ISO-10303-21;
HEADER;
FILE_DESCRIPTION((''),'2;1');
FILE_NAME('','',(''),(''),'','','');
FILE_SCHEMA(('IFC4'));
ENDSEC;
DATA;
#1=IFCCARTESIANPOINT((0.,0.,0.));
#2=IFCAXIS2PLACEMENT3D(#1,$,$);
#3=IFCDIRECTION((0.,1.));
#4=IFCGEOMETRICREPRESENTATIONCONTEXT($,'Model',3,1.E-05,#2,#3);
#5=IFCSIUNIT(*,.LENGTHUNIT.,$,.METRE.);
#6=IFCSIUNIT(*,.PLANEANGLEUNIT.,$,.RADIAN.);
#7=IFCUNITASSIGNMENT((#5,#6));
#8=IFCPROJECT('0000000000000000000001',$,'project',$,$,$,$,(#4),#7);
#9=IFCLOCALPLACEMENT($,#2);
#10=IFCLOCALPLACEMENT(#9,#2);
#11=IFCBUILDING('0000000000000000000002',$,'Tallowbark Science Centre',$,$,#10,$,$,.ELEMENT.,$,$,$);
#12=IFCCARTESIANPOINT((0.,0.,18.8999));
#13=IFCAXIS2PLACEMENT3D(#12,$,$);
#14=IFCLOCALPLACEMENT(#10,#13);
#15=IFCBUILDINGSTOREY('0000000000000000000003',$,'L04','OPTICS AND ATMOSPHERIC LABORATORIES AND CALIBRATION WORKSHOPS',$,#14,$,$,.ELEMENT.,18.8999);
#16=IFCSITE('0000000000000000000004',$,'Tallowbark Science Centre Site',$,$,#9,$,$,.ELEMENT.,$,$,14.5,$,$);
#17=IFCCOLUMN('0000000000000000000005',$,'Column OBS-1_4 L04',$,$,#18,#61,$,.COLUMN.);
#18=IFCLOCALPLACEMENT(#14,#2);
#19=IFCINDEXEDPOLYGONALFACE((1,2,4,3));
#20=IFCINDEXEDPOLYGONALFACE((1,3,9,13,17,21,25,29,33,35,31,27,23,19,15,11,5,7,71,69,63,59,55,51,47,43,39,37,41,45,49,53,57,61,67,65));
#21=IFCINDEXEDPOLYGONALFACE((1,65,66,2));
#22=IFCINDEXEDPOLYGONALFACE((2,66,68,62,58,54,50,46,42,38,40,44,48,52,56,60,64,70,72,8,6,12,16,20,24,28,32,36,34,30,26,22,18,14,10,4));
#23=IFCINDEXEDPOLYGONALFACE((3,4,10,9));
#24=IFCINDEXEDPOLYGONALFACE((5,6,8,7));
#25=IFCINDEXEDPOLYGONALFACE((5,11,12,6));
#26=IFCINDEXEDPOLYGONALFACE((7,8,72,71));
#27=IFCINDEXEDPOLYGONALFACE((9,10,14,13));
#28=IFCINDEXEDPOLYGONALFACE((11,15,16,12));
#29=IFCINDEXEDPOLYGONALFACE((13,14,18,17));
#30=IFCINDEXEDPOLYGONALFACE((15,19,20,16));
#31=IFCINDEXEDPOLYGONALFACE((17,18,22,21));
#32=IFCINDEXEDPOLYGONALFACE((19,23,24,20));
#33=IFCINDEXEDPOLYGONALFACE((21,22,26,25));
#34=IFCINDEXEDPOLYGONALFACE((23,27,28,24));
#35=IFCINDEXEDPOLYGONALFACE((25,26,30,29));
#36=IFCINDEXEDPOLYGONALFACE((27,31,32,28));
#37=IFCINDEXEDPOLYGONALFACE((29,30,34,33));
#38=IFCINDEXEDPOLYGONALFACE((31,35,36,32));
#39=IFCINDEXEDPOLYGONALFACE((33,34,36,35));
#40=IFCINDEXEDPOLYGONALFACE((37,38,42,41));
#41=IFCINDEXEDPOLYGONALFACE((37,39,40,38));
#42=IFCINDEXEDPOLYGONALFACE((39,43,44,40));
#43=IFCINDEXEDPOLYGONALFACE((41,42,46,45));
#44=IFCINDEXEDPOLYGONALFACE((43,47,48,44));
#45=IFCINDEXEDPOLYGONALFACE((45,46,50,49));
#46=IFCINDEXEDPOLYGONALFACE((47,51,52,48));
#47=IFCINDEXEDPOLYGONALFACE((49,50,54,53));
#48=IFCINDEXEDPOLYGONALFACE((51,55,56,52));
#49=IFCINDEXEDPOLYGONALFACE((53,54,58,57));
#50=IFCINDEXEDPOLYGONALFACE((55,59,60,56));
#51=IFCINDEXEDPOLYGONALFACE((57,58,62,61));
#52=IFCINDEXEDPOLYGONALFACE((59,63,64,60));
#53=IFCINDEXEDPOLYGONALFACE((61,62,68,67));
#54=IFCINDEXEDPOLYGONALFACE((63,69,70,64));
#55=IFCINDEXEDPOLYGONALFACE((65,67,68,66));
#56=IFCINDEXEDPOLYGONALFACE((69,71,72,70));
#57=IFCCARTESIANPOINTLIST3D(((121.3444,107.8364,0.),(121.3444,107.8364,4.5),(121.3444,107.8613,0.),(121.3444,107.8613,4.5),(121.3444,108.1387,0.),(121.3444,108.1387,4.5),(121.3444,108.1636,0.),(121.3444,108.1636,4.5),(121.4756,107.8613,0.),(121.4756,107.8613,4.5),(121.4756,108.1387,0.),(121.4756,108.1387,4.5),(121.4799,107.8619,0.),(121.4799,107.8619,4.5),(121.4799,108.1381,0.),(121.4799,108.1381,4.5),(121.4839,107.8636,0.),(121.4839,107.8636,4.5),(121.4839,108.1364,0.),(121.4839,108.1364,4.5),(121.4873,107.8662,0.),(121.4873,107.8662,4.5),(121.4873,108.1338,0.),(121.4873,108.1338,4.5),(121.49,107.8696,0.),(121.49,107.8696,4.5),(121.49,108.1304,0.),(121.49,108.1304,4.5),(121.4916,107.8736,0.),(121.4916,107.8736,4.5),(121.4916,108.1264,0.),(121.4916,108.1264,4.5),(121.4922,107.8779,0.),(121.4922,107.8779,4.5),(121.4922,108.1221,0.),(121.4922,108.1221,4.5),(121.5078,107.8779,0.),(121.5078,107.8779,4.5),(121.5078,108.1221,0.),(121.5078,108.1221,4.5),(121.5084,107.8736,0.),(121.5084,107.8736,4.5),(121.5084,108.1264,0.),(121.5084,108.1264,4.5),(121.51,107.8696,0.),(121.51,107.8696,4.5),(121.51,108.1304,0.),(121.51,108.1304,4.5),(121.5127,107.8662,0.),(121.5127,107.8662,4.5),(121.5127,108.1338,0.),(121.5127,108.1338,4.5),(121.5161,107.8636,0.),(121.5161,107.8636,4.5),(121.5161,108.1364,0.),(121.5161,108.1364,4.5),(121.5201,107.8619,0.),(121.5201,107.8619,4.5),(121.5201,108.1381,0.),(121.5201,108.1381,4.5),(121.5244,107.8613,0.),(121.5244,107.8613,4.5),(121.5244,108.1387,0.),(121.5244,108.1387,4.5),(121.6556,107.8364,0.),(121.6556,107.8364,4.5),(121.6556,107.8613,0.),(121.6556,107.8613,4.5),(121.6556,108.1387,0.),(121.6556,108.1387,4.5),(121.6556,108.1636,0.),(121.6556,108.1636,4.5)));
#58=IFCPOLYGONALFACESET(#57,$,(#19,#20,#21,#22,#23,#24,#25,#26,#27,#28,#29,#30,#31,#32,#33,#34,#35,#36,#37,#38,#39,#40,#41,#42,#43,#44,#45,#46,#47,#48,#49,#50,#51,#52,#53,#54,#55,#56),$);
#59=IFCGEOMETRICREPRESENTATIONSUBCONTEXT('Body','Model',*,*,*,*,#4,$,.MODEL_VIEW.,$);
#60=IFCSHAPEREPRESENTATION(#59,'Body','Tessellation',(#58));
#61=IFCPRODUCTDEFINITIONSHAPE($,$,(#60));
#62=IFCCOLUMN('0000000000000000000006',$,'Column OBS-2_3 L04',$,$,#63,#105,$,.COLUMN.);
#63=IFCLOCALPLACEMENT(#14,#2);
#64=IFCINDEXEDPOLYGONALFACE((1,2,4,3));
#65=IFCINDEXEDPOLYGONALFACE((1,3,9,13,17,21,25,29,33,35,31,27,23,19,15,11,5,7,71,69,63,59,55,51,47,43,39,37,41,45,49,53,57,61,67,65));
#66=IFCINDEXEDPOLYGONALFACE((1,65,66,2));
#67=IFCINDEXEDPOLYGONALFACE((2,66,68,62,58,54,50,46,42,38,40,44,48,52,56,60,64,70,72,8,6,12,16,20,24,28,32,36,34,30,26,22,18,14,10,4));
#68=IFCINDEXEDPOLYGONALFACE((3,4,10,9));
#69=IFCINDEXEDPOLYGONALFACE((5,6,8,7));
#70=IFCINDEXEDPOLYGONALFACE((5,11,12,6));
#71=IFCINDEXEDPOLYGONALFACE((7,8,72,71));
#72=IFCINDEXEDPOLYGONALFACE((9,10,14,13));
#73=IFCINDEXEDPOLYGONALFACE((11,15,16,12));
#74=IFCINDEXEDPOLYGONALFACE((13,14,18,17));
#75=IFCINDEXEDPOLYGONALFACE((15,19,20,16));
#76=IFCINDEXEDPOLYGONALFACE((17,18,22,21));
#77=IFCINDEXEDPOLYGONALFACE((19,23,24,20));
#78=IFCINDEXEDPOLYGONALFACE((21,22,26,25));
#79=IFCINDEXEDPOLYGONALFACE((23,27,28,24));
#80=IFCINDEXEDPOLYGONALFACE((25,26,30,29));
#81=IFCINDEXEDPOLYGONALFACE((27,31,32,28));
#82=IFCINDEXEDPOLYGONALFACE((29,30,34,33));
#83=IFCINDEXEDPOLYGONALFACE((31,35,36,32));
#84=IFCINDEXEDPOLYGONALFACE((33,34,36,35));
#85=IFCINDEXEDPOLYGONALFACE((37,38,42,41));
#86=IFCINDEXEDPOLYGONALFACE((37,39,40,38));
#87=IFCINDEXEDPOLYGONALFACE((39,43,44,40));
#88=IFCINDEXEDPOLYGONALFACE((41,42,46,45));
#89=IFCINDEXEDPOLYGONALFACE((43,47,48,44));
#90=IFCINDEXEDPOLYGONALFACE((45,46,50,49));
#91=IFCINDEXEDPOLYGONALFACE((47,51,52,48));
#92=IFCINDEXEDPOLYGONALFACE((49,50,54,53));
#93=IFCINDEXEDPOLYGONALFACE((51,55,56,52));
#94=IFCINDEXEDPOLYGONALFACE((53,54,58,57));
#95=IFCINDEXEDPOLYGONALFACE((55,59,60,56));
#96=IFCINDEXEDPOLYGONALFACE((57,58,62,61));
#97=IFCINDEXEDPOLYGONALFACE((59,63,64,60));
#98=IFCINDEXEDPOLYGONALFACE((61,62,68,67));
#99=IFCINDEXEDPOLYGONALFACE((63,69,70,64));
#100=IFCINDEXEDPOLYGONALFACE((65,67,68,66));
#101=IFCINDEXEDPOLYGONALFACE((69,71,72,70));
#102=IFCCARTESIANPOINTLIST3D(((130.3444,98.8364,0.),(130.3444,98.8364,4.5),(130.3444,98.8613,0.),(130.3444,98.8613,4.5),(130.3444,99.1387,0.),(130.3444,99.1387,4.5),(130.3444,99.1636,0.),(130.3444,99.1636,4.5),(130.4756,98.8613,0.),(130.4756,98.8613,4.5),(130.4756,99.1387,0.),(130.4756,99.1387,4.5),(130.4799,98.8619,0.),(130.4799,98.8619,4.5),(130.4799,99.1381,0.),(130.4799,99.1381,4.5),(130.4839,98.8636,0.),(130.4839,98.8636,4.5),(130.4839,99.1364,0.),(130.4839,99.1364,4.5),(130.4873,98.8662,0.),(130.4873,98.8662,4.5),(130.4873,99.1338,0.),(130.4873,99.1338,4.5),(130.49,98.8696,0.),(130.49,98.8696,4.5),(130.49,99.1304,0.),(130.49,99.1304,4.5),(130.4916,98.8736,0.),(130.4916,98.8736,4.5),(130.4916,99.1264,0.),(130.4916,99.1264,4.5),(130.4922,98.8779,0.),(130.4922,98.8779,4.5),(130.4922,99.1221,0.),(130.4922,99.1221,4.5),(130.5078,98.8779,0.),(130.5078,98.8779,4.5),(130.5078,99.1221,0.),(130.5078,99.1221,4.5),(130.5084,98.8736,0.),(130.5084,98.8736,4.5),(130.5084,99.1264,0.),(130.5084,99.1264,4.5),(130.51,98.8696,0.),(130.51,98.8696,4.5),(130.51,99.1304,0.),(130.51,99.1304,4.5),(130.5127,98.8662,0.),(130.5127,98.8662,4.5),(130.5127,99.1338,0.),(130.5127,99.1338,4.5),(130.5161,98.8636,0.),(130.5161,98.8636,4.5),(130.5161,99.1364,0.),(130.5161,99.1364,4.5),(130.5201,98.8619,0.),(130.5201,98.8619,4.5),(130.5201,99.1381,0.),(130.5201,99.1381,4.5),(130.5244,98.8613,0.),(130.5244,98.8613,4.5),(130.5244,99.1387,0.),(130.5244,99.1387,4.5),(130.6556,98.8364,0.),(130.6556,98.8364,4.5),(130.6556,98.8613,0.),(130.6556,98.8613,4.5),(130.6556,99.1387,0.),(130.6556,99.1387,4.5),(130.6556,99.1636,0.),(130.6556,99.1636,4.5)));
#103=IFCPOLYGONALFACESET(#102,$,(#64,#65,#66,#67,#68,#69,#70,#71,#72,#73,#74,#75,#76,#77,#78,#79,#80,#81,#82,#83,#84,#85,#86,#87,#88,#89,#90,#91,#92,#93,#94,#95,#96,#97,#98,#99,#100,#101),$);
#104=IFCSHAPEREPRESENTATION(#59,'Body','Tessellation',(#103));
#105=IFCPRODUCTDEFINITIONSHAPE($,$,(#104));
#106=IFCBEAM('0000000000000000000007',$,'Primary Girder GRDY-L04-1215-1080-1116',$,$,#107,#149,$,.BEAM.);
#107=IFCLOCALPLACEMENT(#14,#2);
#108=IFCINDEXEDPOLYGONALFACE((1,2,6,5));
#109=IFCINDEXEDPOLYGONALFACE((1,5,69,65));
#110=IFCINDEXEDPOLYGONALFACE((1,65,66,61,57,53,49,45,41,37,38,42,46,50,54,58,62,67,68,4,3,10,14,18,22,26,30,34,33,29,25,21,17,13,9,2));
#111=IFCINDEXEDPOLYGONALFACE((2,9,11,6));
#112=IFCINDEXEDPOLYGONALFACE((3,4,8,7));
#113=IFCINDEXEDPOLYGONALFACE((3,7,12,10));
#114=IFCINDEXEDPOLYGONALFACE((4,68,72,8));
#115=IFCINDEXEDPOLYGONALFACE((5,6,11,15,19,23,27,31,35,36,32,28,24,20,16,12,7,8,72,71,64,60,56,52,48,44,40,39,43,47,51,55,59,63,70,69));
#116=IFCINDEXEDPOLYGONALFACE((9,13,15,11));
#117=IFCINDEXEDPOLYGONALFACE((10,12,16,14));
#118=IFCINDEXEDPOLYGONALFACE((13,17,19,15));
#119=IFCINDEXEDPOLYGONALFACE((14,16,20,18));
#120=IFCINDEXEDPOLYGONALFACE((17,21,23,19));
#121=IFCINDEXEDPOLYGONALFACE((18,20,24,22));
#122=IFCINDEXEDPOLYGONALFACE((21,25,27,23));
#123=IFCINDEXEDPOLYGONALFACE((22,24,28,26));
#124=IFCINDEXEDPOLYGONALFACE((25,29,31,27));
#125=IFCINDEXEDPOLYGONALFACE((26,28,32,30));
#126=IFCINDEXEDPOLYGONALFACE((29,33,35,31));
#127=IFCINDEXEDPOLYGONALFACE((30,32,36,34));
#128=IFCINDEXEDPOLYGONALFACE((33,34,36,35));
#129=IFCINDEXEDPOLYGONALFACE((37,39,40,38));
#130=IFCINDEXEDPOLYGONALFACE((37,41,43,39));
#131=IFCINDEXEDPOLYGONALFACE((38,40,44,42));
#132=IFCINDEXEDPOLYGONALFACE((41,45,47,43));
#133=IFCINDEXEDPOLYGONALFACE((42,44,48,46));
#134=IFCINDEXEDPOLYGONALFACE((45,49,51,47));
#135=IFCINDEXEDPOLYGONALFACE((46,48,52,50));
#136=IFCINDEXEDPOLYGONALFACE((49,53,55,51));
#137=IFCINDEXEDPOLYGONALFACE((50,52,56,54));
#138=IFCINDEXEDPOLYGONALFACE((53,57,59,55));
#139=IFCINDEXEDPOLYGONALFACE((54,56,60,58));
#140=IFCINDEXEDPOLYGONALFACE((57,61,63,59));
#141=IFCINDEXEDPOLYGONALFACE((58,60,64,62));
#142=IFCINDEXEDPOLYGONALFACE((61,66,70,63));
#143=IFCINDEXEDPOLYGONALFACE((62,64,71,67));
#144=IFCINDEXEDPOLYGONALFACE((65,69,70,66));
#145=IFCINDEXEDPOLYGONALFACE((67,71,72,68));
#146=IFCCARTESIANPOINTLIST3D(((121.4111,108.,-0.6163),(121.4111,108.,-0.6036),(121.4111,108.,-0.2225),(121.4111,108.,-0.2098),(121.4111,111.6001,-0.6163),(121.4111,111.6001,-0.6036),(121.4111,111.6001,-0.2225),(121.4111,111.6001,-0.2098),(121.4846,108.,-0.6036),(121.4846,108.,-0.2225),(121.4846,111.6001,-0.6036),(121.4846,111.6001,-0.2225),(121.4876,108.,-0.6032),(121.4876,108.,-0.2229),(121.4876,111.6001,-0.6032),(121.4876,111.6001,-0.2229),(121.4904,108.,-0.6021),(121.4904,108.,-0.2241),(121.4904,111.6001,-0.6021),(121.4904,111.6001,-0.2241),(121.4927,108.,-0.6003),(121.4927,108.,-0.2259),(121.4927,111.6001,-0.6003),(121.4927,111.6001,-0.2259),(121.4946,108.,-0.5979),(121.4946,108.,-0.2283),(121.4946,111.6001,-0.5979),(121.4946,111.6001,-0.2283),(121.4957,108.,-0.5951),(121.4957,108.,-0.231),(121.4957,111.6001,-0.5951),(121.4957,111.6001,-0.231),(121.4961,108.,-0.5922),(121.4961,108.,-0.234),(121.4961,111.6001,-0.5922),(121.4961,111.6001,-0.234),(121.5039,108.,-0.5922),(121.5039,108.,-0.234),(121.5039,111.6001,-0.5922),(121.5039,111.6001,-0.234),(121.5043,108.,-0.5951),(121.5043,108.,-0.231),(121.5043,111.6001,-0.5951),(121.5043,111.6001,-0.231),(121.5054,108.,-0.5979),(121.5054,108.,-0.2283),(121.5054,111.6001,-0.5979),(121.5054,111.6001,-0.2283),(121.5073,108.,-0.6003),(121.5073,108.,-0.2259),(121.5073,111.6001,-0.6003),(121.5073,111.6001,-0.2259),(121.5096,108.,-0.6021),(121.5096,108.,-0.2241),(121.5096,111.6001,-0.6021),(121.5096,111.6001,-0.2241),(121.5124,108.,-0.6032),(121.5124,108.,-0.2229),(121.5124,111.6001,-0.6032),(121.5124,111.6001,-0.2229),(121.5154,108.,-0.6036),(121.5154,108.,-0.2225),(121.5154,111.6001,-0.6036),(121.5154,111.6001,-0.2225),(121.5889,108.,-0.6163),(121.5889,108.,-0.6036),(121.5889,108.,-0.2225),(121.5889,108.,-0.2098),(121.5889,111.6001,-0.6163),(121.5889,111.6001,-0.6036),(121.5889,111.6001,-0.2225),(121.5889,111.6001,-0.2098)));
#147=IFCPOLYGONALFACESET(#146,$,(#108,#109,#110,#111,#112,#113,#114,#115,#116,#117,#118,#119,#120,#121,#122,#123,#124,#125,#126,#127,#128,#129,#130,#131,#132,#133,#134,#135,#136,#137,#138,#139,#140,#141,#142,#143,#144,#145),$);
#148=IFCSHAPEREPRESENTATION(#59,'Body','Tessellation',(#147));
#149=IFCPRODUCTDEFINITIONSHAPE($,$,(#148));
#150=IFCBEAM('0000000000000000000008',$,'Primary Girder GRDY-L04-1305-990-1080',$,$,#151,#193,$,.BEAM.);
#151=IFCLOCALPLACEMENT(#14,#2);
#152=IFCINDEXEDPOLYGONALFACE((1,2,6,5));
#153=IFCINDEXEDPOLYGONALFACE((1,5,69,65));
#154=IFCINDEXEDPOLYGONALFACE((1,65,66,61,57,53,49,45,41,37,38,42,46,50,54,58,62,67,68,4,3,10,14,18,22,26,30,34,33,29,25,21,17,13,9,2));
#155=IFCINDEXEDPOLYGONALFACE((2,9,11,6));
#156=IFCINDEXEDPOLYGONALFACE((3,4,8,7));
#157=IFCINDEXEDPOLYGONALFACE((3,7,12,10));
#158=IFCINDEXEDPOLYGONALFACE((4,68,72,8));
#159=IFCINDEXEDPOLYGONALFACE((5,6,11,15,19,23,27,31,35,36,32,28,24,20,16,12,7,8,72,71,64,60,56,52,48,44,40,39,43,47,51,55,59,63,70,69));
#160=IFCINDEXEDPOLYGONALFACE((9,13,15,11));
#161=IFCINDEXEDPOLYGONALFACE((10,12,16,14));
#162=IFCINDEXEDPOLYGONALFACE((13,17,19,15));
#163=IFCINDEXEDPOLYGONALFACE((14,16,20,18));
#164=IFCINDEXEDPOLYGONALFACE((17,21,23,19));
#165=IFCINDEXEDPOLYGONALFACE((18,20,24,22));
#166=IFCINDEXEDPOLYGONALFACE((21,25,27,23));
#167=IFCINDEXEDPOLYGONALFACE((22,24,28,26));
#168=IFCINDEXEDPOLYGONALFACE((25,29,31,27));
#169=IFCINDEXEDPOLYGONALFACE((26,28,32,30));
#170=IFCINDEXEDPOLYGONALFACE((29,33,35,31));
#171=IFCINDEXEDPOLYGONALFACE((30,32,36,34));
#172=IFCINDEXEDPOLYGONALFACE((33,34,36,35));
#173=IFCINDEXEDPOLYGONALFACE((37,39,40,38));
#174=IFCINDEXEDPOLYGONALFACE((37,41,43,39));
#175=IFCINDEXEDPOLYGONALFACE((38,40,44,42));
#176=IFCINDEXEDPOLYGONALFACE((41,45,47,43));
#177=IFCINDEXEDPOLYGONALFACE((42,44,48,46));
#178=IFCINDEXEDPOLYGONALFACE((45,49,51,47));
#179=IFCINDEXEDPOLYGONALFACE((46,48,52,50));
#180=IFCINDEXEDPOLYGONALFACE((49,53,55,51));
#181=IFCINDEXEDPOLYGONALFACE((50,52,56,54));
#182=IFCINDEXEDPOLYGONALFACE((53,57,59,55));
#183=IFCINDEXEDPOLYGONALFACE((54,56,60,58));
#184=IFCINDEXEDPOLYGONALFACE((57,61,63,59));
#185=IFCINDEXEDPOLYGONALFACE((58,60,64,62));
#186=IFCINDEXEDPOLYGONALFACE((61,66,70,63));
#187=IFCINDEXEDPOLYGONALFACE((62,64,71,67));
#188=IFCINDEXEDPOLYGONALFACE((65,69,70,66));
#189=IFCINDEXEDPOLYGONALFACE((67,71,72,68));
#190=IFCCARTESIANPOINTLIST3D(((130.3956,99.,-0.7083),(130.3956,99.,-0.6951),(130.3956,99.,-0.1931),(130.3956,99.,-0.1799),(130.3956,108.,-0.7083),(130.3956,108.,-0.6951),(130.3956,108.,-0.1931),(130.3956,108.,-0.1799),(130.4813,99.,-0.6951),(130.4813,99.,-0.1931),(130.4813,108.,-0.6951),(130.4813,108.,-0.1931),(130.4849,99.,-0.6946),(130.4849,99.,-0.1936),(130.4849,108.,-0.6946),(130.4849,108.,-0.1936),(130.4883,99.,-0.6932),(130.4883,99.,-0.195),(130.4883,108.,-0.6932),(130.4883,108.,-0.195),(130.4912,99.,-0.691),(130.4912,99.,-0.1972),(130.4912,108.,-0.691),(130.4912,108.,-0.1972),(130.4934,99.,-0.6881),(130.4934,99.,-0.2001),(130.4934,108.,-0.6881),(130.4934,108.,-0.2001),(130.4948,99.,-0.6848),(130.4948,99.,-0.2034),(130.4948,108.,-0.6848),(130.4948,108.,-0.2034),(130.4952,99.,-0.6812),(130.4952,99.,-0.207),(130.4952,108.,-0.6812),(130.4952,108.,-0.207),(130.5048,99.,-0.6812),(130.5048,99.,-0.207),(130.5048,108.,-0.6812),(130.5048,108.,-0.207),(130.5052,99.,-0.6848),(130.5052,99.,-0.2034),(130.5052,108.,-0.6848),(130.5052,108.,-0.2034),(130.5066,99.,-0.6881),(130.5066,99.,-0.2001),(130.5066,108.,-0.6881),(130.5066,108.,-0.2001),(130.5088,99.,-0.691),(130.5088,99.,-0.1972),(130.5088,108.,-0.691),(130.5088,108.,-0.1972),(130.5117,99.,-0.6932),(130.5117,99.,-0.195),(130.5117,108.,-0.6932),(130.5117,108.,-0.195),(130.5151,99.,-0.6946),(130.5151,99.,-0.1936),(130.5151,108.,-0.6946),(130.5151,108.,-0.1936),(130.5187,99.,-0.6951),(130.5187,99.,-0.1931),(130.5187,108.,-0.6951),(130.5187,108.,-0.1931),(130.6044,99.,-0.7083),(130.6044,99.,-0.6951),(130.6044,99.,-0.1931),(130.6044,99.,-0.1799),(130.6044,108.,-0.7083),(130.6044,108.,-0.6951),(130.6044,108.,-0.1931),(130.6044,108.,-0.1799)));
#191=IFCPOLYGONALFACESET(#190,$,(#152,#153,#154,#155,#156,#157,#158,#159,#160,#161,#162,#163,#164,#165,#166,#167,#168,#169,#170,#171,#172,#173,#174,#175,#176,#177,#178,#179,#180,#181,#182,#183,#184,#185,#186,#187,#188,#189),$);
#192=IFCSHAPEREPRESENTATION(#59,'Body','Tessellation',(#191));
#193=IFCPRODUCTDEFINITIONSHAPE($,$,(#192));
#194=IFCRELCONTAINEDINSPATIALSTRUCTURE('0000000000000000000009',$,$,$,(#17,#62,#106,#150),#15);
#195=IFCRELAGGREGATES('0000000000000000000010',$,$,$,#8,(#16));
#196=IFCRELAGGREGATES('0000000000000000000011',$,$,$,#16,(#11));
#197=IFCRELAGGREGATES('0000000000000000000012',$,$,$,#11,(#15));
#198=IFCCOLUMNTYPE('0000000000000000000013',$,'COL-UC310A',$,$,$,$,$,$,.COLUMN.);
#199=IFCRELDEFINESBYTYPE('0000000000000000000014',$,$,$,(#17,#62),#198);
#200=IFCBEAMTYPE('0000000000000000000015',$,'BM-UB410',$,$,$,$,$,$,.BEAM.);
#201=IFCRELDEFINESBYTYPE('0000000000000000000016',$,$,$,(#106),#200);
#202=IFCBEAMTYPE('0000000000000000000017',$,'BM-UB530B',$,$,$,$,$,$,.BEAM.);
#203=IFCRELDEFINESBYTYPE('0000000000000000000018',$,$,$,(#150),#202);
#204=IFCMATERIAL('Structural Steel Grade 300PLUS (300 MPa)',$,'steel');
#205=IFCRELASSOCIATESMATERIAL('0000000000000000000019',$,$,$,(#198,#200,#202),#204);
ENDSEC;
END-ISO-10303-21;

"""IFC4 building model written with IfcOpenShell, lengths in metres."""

from ifc_helpers import new_model, si_unit, direction, frame, origin, origin_2d, place, context, subcontext, project, spatial, i_section, extrude, material, material_profile, profile_set, type_object, element, save


model = new_model("IFC4")

# Units and contexts
model_context = context("Model", 3, precision=1e-05, world=origin(), true_north=direction((0.0, 1.0)))
body_context = subcontext(model_context, "Body", "Model", "MODEL_VIEW")
ifc_project = project(units=[si_unit("LENGTHUNIT", "METRE"), si_unit("PLANEANGLEUNIT", "RADIAN")], contexts=[model_context])

# Site, building, storey
site_placement = place(None, origin())
site = spatial("IfcSite", under=ifc_project, at=site_placement, Name="Tallowbark Science Centre Site", CompositionType="ELEMENT", RefElevation=14.5)
building_placement = place(site_placement, origin())
building = spatial("IfcBuilding", under=site, at=building_placement, Name="Tallowbark Science Centre", CompositionType="ELEMENT")
storey_placement = place(building_placement, frame((0.0, 0.0, 18.8999)))
storey = spatial("IfcBuildingStorey", under=building, at=storey_placement, Name="L04", Description="OPTICS AND ATMOSPHERIC LABORATORIES AND CALIBRATION WORKSHOPS", CompositionType="ELEMENT", Elevation=18.8999)

# Columns
ifc_material_1 = material(Name="Structural Steel Grade 300PLUS (300 MPa)", Category="steel")
ifc_material_profile_1 = material_profile(ifc_material_1, i_section(OverallWidth=0.3113, OverallDepth=0.3271, WebThickness=0.0156, FlangeThickness=0.0249, FilletRadius=0.0166, at=origin_2d()), Name="310UC158")
ifc_profile_set_1 = profile_set([ifc_material_profile_1], Name="Structural Steel Grade 300PLUS (300 MPa)")
column_type = type_object("IfcColumnType", Name="COL-UC310A", PredefinedType="COLUMN", material=ifc_profile_set_1)
for number, where, z_axis, x_axis, name in (
    (1, (121.5, 108.0, 0.0), (0.0, 0.0, 1.0), (1.0, 0.0, 0.0), "Column OBS-1_4 L04"),
    (2, (130.5, 99.0, 0.0), (0.0, 0.0, 1.0), (1.0, 0.0, 0.0), "Column OBS-2_3 L04"),
):
    element("IfcColumn", number, at=place(storey_placement, frame(where, z_axis=z_axis, x_axis=x_axis)), inside=storey, type_object=column_type, Name=name, PredefinedType="COLUMN", context=body_context, shape_type="SweptSolid", body=[
        extrude(i_section(OverallWidth=0.3113, OverallDepth=0.3271, WebThickness=0.0156, FlangeThickness=0.0249, FilletRadius=0.0166, at=origin_2d()), origin(), (0.0, 0.0, 1.0), 4.5),
    ])

# Beams
ifc_material_profile_2 = material_profile(ifc_material_1, i_section(OverallWidth=0.1777, OverallDepth=0.4065, WebThickness=0.0078, FlangeThickness=0.0127, FilletRadius=0.0115, at=origin_2d()), Name="410UB59.7")
ifc_profile_set_2 = profile_set([ifc_material_profile_2], Name="Structural Steel Grade 300PLUS (300 MPa)")
beam_type_1 = type_object("IfcBeamType", Name="BM-UB410", PredefinedType="BEAM", material=ifc_profile_set_2)
beam_1_placement = place(storey_placement, frame((121.5, 108.0, -0.4131), z_axis=(0.0, 1.0, 0.0), x_axis=(-1.0, 0.0, 0.0)))
element("IfcBeam", 3, at=beam_1_placement, inside=storey, type_object=beam_type_1, Name="Primary Girder GRDY-L04-1215-1080-1116", PredefinedType="BEAM", context=body_context, shape_type="SweptSolid", body=[
    extrude(i_section(OverallWidth=0.1777, OverallDepth=0.4065, WebThickness=0.0078, FlangeThickness=0.0127, FilletRadius=0.0115, at=origin_2d()), origin(), (0.0, 0.0, 1.0), 3.6001),
])
ifc_material_profile_3 = material_profile(ifc_material_1, i_section(OverallWidth=0.2087, OverallDepth=0.5283, WebThickness=0.0095, FlangeThickness=0.0132, FilletRadius=0.0139, at=origin_2d()), Name="530UB82.0")
ifc_profile_set_3 = profile_set([ifc_material_profile_3], Name="Structural Steel Grade 300PLUS (300 MPa)")
beam_type_2 = type_object("IfcBeamType", Name="BM-UB530B", PredefinedType="BEAM", material=ifc_profile_set_3)
beam_2_placement = place(storey_placement, frame((130.5, 99.0, -0.4441), z_axis=(0.0, 1.0, 0.0), x_axis=(-1.0, 0.0, 0.0)))
element("IfcBeam", 4, at=beam_2_placement, inside=storey, type_object=beam_type_2, Name="Primary Girder GRDY-L04-1305-990-1080", PredefinedType="BEAM", context=body_context, shape_type="SweptSolid", body=[
    extrude(i_section(OverallWidth=0.2087, OverallDepth=0.5283, WebThickness=0.0095, FlangeThickness=0.0132, FilletRadius=0.0139, at=origin_2d()), origin(), (0.0, 0.0, 1.0), 9.0),
])

save(model, "model.ifc")
